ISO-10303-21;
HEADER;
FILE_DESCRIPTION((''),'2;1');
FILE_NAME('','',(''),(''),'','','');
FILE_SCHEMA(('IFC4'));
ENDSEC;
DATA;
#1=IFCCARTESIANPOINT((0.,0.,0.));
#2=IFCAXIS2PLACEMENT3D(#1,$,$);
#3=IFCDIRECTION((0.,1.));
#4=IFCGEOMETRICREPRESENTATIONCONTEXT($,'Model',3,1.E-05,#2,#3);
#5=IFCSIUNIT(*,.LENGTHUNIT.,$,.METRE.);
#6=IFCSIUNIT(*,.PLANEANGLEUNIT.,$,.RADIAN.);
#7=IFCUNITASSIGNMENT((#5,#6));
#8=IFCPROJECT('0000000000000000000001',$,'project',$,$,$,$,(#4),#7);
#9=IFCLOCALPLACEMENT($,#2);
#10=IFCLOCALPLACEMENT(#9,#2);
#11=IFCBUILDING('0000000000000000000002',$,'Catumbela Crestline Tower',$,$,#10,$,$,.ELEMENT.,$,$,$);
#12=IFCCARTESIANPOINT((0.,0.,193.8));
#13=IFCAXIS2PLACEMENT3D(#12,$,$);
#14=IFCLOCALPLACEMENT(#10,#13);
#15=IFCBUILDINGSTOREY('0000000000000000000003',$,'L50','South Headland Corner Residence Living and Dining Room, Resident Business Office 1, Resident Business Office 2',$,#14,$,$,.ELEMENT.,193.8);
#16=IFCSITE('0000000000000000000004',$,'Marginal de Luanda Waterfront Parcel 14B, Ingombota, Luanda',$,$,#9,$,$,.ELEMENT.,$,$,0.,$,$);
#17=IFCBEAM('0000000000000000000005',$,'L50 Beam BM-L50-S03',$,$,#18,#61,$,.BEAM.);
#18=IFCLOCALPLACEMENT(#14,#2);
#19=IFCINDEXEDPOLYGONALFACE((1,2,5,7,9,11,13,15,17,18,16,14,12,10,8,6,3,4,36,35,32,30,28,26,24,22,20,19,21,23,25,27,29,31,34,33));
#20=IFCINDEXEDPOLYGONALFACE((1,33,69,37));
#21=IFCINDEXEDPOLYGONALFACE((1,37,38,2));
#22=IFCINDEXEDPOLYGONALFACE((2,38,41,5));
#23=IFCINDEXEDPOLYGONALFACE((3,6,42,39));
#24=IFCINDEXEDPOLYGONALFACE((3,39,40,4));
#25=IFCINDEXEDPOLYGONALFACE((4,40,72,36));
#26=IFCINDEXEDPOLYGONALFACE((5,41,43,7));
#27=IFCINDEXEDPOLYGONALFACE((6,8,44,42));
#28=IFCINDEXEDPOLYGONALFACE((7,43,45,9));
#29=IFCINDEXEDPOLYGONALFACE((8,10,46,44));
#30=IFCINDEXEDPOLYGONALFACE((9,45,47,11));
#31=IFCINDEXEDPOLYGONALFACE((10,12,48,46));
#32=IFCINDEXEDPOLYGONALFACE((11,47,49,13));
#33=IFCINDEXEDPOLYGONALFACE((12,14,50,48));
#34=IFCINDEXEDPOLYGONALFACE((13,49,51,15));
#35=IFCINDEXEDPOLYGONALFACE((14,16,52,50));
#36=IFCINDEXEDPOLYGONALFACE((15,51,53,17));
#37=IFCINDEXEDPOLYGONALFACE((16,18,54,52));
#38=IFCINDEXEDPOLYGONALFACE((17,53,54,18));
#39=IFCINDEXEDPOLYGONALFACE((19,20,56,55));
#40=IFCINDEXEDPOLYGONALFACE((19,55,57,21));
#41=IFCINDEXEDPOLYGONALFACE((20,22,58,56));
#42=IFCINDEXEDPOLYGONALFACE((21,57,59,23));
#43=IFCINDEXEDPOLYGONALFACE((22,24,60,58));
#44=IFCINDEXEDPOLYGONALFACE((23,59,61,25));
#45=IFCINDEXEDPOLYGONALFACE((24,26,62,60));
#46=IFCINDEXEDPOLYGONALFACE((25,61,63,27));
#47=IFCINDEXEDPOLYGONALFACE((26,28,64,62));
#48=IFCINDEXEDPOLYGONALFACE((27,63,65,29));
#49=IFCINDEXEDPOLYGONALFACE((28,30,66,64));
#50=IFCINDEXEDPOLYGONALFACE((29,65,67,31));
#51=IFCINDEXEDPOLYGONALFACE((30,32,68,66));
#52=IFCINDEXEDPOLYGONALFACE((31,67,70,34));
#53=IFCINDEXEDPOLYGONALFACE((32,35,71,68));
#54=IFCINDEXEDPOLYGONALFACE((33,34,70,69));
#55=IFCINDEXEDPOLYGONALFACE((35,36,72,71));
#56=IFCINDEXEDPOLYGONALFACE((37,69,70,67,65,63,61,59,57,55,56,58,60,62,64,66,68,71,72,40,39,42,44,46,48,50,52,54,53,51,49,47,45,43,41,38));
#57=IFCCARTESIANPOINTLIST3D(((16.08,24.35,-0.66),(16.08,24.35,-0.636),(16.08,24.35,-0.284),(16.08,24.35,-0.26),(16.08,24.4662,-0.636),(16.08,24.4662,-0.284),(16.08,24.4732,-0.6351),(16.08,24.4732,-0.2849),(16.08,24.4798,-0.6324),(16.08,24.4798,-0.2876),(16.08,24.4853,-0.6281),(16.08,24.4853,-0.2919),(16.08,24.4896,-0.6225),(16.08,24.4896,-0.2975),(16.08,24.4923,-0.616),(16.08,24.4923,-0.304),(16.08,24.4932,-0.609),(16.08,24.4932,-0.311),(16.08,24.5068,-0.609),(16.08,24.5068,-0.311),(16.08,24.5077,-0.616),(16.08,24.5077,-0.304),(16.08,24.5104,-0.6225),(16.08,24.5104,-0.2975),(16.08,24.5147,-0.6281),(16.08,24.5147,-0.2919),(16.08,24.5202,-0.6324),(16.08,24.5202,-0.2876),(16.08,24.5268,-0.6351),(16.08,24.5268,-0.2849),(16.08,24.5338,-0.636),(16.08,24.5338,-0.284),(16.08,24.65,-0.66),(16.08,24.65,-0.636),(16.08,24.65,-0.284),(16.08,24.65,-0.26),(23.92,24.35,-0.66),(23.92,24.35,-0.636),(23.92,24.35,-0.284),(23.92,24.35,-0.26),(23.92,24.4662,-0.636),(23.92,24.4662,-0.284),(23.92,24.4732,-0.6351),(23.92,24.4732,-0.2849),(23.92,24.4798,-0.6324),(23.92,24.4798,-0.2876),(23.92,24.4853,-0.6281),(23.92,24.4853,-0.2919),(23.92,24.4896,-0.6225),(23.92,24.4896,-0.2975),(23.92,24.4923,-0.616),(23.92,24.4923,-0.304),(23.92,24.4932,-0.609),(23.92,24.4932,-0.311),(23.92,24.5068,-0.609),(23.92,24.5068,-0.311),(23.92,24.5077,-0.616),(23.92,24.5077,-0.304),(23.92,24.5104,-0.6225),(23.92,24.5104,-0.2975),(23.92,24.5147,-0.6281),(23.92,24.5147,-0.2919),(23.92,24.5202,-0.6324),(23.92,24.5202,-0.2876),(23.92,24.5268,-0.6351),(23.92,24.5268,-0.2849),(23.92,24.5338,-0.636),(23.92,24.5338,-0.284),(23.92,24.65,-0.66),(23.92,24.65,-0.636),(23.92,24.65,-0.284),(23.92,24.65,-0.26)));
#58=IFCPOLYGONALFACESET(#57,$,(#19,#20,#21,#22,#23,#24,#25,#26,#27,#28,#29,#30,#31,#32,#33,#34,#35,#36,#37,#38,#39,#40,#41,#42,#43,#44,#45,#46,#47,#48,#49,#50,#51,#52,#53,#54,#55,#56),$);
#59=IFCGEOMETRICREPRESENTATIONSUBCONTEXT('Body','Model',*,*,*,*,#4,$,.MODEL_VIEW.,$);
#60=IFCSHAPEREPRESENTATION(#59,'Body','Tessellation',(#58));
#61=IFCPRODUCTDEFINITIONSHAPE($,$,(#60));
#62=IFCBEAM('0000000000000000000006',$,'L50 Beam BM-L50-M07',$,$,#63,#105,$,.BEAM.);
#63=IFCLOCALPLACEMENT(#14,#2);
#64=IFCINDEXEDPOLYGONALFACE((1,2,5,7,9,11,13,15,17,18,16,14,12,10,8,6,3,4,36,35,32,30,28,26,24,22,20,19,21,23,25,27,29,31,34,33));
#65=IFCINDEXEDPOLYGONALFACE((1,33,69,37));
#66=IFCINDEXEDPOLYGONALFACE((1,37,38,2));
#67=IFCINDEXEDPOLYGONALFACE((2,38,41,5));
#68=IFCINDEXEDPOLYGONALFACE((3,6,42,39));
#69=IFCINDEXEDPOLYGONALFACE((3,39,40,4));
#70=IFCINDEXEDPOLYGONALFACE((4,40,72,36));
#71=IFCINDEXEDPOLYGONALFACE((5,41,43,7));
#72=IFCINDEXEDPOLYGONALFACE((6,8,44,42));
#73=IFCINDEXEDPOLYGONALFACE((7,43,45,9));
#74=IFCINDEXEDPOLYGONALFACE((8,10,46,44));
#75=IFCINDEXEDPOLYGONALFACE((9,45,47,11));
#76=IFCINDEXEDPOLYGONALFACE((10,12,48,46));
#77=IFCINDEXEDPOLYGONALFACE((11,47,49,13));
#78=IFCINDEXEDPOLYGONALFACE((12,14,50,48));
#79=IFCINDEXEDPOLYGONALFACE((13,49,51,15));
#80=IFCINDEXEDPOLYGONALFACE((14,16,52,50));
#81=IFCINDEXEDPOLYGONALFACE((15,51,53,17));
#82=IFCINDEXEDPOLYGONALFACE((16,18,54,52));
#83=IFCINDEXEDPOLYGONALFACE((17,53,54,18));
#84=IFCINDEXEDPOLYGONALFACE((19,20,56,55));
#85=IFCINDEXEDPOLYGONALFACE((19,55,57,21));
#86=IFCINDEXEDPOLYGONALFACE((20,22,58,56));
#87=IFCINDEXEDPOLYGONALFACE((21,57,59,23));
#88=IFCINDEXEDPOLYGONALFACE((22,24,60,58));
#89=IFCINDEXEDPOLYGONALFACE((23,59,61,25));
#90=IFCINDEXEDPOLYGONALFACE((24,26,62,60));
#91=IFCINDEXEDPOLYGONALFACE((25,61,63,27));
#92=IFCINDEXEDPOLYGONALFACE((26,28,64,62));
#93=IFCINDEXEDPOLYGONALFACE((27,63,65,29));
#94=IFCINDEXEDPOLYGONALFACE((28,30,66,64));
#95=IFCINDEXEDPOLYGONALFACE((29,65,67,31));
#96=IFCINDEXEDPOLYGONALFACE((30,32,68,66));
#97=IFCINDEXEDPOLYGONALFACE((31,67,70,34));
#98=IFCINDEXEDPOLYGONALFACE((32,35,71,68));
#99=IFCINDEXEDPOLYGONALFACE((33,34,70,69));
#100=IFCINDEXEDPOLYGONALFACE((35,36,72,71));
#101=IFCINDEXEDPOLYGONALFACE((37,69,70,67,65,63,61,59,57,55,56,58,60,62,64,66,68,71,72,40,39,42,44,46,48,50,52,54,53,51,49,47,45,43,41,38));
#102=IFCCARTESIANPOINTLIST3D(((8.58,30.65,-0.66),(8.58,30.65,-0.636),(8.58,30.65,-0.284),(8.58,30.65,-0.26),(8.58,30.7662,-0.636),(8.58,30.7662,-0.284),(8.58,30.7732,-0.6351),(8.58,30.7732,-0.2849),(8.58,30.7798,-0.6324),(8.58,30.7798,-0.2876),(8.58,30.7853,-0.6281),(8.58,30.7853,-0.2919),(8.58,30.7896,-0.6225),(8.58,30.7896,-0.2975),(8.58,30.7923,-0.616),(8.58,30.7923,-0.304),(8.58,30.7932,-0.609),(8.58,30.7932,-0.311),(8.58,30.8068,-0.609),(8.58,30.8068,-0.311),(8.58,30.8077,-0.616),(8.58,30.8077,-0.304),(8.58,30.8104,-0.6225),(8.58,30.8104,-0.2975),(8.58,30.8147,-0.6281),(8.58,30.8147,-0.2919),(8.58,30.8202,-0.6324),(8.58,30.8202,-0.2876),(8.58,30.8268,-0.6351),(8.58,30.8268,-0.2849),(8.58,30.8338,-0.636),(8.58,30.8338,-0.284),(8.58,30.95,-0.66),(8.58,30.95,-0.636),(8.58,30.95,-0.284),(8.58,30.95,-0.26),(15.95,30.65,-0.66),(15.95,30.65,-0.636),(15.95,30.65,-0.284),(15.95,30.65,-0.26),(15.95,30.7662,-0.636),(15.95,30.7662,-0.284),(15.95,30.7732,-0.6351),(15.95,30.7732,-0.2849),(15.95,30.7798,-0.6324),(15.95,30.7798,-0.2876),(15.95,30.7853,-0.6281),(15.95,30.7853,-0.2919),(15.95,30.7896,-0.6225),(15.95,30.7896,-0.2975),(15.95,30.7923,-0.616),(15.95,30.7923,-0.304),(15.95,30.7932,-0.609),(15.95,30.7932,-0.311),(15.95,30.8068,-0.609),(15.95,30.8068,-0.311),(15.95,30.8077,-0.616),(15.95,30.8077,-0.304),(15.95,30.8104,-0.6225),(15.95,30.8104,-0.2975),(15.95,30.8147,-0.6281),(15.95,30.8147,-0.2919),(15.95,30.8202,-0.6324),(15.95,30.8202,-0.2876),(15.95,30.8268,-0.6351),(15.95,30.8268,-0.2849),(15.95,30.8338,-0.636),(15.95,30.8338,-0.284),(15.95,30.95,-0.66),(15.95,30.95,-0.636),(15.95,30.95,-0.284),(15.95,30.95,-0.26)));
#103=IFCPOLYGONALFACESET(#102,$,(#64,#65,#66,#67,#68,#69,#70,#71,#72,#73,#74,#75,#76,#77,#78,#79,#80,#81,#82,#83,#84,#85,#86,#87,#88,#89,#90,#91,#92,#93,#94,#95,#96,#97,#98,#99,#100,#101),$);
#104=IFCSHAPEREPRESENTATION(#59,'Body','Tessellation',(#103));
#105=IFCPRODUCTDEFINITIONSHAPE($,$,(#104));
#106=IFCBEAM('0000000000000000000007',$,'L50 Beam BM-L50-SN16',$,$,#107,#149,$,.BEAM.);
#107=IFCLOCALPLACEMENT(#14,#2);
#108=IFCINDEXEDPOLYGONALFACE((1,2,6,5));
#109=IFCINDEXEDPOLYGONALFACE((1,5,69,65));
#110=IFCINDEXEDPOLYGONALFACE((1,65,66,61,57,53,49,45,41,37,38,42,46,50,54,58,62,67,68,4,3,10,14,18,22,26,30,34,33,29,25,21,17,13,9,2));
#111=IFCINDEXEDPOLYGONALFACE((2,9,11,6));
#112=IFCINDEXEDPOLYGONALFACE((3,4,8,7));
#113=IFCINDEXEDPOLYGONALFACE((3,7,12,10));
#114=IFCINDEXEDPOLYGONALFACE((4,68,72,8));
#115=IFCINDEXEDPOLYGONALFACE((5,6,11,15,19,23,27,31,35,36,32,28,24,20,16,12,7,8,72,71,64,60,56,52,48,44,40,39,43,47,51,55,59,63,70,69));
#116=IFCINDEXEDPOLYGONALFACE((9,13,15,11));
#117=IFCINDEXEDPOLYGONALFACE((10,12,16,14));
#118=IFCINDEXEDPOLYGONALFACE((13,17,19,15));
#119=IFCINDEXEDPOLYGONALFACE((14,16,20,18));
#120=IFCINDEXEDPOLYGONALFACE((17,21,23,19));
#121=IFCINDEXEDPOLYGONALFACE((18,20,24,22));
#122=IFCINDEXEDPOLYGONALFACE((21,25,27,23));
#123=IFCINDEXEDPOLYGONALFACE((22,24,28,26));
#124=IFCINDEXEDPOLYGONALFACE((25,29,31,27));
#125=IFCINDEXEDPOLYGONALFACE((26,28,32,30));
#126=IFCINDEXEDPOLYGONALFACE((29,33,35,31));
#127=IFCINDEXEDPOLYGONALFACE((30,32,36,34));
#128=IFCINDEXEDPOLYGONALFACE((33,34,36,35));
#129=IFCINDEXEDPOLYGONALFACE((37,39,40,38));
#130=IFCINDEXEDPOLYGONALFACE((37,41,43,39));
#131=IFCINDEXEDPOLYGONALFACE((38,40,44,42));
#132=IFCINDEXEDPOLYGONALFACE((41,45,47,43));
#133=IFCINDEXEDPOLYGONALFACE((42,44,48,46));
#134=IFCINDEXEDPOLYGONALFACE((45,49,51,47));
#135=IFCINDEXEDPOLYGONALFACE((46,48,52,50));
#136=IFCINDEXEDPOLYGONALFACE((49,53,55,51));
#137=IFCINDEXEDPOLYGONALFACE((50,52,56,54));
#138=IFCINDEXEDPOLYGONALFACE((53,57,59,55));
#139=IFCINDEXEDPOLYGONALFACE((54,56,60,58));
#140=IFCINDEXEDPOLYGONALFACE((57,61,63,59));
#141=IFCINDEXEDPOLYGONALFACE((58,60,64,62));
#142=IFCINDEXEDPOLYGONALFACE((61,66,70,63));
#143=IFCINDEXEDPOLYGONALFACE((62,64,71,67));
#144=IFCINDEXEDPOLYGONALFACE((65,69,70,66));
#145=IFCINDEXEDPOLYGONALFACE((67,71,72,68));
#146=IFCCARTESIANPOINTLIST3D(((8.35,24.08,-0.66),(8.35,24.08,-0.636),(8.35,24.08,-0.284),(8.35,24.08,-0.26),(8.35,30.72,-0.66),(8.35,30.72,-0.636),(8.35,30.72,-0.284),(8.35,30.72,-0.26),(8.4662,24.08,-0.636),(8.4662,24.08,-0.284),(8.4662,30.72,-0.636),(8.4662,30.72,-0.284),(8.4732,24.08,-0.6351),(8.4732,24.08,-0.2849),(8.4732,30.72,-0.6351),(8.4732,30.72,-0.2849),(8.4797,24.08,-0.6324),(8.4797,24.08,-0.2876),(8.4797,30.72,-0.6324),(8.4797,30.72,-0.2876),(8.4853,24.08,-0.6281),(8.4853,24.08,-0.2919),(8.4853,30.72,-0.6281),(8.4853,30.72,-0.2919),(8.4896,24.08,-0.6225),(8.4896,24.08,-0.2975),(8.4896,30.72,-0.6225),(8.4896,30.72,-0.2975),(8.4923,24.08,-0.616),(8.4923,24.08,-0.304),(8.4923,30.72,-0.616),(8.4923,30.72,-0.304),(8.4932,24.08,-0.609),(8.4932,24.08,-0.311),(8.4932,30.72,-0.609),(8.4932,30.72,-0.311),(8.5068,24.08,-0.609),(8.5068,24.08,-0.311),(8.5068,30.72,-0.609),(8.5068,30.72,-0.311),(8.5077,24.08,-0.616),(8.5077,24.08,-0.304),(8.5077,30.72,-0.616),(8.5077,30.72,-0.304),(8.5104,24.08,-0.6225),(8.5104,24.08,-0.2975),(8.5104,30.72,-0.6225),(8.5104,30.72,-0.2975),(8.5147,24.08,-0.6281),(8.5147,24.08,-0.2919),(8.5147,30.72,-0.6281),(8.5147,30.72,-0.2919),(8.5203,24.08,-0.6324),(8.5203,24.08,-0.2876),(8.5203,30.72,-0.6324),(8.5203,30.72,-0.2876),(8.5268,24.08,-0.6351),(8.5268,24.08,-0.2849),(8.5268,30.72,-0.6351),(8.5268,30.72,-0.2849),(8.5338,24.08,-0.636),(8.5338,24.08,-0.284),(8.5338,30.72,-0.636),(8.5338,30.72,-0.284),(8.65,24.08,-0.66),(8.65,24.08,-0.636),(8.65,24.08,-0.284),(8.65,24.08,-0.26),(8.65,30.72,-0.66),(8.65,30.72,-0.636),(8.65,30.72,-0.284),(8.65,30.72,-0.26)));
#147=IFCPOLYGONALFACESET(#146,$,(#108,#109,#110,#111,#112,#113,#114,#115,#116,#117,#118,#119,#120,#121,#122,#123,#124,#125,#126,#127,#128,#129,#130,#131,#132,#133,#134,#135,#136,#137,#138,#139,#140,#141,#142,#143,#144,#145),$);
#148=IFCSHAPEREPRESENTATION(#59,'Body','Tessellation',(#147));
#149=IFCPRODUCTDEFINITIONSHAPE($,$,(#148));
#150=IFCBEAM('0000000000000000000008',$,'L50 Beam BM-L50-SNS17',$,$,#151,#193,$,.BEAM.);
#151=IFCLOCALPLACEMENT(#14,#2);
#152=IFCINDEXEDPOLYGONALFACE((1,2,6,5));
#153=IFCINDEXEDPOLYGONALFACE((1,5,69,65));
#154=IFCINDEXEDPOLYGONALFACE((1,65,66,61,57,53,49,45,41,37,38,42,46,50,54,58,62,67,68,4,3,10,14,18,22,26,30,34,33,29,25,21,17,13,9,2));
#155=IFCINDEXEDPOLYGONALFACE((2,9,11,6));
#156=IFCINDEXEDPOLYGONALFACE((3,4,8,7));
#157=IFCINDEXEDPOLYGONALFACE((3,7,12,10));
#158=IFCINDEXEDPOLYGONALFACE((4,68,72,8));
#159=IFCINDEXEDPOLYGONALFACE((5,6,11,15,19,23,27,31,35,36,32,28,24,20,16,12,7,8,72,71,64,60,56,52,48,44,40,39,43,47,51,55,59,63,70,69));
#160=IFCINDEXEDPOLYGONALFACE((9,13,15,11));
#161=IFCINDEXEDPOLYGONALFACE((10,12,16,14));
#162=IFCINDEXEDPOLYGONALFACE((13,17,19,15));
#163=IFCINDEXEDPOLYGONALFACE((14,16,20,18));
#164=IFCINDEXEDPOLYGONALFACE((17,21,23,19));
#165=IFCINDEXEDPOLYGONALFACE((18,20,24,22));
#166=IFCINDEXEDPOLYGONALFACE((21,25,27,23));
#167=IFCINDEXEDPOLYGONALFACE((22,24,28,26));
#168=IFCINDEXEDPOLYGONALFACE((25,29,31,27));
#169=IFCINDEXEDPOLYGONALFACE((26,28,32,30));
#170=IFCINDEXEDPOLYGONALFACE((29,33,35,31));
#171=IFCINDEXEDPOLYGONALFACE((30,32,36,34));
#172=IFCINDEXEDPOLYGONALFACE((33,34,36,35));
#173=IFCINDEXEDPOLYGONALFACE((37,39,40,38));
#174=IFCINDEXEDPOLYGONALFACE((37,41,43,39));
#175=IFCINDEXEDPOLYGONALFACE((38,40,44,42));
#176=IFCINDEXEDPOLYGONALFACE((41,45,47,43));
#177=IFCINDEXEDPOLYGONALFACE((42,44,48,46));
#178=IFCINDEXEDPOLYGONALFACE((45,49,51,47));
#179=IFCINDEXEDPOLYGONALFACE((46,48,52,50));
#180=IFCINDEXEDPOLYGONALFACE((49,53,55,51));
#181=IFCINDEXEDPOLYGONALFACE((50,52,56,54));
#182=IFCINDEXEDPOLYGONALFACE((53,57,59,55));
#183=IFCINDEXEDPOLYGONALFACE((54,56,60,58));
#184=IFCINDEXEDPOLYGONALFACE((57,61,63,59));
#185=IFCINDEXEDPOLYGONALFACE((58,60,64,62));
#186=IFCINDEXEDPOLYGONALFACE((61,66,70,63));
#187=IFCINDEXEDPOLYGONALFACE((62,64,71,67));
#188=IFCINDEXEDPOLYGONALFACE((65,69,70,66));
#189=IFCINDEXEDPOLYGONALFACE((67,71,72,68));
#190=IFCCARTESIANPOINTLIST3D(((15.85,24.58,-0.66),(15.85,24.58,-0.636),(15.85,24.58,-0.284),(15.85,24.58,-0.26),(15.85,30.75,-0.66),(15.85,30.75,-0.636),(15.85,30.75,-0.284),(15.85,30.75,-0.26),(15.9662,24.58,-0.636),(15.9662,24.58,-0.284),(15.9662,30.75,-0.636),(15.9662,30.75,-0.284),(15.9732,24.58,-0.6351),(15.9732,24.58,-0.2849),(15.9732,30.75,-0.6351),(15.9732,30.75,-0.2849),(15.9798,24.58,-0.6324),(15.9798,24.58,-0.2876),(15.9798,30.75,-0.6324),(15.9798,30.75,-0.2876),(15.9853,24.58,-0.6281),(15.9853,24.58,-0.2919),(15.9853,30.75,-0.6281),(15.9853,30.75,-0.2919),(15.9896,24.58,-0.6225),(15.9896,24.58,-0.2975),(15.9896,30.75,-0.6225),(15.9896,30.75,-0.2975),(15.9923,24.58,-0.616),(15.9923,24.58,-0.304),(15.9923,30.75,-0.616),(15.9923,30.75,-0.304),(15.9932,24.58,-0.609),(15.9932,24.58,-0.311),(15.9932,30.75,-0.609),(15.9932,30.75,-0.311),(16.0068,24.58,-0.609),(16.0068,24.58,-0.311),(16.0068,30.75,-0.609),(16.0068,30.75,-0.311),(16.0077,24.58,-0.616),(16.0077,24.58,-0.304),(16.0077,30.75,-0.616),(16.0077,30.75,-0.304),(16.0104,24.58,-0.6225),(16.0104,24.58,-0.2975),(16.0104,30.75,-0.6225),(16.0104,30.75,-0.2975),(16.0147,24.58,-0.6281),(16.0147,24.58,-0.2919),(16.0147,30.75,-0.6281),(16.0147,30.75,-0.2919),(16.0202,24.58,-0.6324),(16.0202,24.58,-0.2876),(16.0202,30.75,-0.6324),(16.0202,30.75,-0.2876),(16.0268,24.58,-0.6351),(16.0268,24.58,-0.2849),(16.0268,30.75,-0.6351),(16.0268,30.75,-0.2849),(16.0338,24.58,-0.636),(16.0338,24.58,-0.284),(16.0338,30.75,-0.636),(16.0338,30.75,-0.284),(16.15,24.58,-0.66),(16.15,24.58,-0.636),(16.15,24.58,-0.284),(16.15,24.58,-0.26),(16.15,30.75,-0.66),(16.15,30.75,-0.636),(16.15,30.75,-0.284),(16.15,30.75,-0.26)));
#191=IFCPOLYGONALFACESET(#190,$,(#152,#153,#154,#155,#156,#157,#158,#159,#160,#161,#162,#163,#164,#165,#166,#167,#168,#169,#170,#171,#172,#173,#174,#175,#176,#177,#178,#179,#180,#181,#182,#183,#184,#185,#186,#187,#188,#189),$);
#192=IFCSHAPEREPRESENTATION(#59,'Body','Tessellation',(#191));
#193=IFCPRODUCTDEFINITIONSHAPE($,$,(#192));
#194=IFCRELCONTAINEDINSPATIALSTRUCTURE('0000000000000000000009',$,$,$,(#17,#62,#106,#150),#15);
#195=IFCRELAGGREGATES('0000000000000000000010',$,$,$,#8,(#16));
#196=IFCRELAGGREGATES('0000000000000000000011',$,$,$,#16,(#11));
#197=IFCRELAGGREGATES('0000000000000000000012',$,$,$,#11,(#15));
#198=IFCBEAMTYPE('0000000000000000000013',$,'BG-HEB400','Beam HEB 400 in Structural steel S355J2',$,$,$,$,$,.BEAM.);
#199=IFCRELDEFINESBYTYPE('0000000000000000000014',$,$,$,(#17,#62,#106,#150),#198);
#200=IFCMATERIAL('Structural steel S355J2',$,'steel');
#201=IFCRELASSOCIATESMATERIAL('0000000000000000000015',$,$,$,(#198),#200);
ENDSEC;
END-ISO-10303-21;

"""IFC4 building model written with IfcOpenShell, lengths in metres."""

from ifc_helpers import new_model, si_unit, direction, frame, origin, origin_2d, place, context, subcontext, project, spatial, i_section, extrude, material, material_profile, profile_set, type_object, element, save


model = new_model("IFC4")

# Units and contexts
model_context = context("Model", 3, precision=1e-05, world=origin(), true_north=direction((0.0, 1.0)))
body_context = subcontext(model_context, "Body", "Model", "MODEL_VIEW")
ifc_project = project(units=[si_unit("LENGTHUNIT", "METRE"), si_unit("PLANEANGLEUNIT", "RADIAN")], contexts=[model_context])

# Site, building, storey
site_placement = place(None, origin())
site = spatial("IfcSite", under=ifc_project, at=site_placement, Name="Marginal de Luanda Waterfront Parcel 14B, Ingombota, Luanda", CompositionType="ELEMENT", RefElevation=0.0)
building_placement = place(site_placement, origin())
building = spatial("IfcBuilding", under=site, at=building_placement, Name="Catumbela Crestline Tower", CompositionType="ELEMENT")
storey_placement = place(building_placement, frame((0.0, 0.0, 193.8)))
storey = spatial("IfcBuildingStorey", under=building, at=storey_placement, Name="L50", Description="South Headland Corner Residence Living and Dining Room, Resident Business Office 1, Resident Business Office 2", CompositionType="ELEMENT", Elevation=193.8)

# Shared definitions
ifc_material_1 = material(Name="Structural steel S355J2", Category="steel")

# Beams
ifc_material_profile_1 = material_profile(ifc_material_1, i_section(OverallWidth=0.3, OverallDepth=0.4, WebThickness=0.0135, FlangeThickness=0.024, FilletRadius=0.027, at=origin_2d()), Name="HEB 400")
ifc_profile_set_1 = profile_set([ifc_material_profile_1], Name="Structural steel S355J2")
beam_type_1 = type_object("IfcBeamType", Name="BG-HEB400", Description="Beam HEB 400 in Structural steel S355J2", PredefinedType="BEAM", material=ifc_profile_set_1)
beam_1_placement = place(storey_placement, frame((16.08, 24.5, -0.46), z_axis=(1.0, 0.0, 0.0), x_axis=(0.0, 1.0, 0.0)))
element("IfcBeam", 1, at=beam_1_placement, inside=storey, type_object=beam_type_1, Name="L50 Beam BM-L50-S03", PredefinedType="BEAM", context=body_context, shape_type="SweptSolid", body=[
    extrude(i_section(OverallWidth=0.3, OverallDepth=0.4, WebThickness=0.0135, FlangeThickness=0.024, FilletRadius=0.027, at=origin_2d()), origin(), (0.0, 0.0, 1.0), 7.84),
])
beam_2_placement = place(storey_placement, frame((8.58, 30.8, -0.46), z_axis=(1.0, 0.0, 0.0), x_axis=(0.0, 1.0, 0.0)))
element("IfcBeam", 2, at=beam_2_placement, inside=storey, type_object=beam_type_1, Name="L50 Beam BM-L50-M07", PredefinedType="BEAM", context=body_context, shape_type="SweptSolid", body=[
    extrude(i_section(OverallWidth=0.3, OverallDepth=0.4, WebThickness=0.0135, FlangeThickness=0.024, FilletRadius=0.027, at=origin_2d()), origin(), (0.0, 0.0, 1.0), 7.37),
])
beam_3_placement = place(storey_placement, frame((8.5, 24.08, -0.46), z_axis=(0.0, 1.0, 0.0), x_axis=(-1.0, 0.0, 0.0)))
element("IfcBeam", 3, at=beam_3_placement, inside=storey, type_object=beam_type_1, Name="L50 Beam BM-L50-SN16", PredefinedType="BEAM", context=body_context, shape_type="SweptSolid", body=[
    extrude(i_section(OverallWidth=0.3, OverallDepth=0.4, WebThickness=0.0135, FlangeThickness=0.024, FilletRadius=0.027, at=origin_2d()), origin(), (0.0, 0.0, 1.0), 6.64),
])
beam_4_placement = place(storey_placement, frame((16.0, 24.58, -0.46), z_axis=(0.0, 1.0, 0.0), x_axis=(-1.0, 0.0, 0.0)))
element("IfcBeam", 4, at=beam_4_placement, inside=storey, type_object=beam_type_1, Name="L50 Beam BM-L50-SNS17", PredefinedType="BEAM", context=body_context, shape_type="SweptSolid", body=[
    extrude(i_section(OverallWidth=0.3, OverallDepth=0.4, WebThickness=0.0135, FlangeThickness=0.024, FilletRadius=0.027, at=origin_2d()), origin(), (0.0, 0.0, 1.0), 6.17),
])

save(model, "model.ifc")
